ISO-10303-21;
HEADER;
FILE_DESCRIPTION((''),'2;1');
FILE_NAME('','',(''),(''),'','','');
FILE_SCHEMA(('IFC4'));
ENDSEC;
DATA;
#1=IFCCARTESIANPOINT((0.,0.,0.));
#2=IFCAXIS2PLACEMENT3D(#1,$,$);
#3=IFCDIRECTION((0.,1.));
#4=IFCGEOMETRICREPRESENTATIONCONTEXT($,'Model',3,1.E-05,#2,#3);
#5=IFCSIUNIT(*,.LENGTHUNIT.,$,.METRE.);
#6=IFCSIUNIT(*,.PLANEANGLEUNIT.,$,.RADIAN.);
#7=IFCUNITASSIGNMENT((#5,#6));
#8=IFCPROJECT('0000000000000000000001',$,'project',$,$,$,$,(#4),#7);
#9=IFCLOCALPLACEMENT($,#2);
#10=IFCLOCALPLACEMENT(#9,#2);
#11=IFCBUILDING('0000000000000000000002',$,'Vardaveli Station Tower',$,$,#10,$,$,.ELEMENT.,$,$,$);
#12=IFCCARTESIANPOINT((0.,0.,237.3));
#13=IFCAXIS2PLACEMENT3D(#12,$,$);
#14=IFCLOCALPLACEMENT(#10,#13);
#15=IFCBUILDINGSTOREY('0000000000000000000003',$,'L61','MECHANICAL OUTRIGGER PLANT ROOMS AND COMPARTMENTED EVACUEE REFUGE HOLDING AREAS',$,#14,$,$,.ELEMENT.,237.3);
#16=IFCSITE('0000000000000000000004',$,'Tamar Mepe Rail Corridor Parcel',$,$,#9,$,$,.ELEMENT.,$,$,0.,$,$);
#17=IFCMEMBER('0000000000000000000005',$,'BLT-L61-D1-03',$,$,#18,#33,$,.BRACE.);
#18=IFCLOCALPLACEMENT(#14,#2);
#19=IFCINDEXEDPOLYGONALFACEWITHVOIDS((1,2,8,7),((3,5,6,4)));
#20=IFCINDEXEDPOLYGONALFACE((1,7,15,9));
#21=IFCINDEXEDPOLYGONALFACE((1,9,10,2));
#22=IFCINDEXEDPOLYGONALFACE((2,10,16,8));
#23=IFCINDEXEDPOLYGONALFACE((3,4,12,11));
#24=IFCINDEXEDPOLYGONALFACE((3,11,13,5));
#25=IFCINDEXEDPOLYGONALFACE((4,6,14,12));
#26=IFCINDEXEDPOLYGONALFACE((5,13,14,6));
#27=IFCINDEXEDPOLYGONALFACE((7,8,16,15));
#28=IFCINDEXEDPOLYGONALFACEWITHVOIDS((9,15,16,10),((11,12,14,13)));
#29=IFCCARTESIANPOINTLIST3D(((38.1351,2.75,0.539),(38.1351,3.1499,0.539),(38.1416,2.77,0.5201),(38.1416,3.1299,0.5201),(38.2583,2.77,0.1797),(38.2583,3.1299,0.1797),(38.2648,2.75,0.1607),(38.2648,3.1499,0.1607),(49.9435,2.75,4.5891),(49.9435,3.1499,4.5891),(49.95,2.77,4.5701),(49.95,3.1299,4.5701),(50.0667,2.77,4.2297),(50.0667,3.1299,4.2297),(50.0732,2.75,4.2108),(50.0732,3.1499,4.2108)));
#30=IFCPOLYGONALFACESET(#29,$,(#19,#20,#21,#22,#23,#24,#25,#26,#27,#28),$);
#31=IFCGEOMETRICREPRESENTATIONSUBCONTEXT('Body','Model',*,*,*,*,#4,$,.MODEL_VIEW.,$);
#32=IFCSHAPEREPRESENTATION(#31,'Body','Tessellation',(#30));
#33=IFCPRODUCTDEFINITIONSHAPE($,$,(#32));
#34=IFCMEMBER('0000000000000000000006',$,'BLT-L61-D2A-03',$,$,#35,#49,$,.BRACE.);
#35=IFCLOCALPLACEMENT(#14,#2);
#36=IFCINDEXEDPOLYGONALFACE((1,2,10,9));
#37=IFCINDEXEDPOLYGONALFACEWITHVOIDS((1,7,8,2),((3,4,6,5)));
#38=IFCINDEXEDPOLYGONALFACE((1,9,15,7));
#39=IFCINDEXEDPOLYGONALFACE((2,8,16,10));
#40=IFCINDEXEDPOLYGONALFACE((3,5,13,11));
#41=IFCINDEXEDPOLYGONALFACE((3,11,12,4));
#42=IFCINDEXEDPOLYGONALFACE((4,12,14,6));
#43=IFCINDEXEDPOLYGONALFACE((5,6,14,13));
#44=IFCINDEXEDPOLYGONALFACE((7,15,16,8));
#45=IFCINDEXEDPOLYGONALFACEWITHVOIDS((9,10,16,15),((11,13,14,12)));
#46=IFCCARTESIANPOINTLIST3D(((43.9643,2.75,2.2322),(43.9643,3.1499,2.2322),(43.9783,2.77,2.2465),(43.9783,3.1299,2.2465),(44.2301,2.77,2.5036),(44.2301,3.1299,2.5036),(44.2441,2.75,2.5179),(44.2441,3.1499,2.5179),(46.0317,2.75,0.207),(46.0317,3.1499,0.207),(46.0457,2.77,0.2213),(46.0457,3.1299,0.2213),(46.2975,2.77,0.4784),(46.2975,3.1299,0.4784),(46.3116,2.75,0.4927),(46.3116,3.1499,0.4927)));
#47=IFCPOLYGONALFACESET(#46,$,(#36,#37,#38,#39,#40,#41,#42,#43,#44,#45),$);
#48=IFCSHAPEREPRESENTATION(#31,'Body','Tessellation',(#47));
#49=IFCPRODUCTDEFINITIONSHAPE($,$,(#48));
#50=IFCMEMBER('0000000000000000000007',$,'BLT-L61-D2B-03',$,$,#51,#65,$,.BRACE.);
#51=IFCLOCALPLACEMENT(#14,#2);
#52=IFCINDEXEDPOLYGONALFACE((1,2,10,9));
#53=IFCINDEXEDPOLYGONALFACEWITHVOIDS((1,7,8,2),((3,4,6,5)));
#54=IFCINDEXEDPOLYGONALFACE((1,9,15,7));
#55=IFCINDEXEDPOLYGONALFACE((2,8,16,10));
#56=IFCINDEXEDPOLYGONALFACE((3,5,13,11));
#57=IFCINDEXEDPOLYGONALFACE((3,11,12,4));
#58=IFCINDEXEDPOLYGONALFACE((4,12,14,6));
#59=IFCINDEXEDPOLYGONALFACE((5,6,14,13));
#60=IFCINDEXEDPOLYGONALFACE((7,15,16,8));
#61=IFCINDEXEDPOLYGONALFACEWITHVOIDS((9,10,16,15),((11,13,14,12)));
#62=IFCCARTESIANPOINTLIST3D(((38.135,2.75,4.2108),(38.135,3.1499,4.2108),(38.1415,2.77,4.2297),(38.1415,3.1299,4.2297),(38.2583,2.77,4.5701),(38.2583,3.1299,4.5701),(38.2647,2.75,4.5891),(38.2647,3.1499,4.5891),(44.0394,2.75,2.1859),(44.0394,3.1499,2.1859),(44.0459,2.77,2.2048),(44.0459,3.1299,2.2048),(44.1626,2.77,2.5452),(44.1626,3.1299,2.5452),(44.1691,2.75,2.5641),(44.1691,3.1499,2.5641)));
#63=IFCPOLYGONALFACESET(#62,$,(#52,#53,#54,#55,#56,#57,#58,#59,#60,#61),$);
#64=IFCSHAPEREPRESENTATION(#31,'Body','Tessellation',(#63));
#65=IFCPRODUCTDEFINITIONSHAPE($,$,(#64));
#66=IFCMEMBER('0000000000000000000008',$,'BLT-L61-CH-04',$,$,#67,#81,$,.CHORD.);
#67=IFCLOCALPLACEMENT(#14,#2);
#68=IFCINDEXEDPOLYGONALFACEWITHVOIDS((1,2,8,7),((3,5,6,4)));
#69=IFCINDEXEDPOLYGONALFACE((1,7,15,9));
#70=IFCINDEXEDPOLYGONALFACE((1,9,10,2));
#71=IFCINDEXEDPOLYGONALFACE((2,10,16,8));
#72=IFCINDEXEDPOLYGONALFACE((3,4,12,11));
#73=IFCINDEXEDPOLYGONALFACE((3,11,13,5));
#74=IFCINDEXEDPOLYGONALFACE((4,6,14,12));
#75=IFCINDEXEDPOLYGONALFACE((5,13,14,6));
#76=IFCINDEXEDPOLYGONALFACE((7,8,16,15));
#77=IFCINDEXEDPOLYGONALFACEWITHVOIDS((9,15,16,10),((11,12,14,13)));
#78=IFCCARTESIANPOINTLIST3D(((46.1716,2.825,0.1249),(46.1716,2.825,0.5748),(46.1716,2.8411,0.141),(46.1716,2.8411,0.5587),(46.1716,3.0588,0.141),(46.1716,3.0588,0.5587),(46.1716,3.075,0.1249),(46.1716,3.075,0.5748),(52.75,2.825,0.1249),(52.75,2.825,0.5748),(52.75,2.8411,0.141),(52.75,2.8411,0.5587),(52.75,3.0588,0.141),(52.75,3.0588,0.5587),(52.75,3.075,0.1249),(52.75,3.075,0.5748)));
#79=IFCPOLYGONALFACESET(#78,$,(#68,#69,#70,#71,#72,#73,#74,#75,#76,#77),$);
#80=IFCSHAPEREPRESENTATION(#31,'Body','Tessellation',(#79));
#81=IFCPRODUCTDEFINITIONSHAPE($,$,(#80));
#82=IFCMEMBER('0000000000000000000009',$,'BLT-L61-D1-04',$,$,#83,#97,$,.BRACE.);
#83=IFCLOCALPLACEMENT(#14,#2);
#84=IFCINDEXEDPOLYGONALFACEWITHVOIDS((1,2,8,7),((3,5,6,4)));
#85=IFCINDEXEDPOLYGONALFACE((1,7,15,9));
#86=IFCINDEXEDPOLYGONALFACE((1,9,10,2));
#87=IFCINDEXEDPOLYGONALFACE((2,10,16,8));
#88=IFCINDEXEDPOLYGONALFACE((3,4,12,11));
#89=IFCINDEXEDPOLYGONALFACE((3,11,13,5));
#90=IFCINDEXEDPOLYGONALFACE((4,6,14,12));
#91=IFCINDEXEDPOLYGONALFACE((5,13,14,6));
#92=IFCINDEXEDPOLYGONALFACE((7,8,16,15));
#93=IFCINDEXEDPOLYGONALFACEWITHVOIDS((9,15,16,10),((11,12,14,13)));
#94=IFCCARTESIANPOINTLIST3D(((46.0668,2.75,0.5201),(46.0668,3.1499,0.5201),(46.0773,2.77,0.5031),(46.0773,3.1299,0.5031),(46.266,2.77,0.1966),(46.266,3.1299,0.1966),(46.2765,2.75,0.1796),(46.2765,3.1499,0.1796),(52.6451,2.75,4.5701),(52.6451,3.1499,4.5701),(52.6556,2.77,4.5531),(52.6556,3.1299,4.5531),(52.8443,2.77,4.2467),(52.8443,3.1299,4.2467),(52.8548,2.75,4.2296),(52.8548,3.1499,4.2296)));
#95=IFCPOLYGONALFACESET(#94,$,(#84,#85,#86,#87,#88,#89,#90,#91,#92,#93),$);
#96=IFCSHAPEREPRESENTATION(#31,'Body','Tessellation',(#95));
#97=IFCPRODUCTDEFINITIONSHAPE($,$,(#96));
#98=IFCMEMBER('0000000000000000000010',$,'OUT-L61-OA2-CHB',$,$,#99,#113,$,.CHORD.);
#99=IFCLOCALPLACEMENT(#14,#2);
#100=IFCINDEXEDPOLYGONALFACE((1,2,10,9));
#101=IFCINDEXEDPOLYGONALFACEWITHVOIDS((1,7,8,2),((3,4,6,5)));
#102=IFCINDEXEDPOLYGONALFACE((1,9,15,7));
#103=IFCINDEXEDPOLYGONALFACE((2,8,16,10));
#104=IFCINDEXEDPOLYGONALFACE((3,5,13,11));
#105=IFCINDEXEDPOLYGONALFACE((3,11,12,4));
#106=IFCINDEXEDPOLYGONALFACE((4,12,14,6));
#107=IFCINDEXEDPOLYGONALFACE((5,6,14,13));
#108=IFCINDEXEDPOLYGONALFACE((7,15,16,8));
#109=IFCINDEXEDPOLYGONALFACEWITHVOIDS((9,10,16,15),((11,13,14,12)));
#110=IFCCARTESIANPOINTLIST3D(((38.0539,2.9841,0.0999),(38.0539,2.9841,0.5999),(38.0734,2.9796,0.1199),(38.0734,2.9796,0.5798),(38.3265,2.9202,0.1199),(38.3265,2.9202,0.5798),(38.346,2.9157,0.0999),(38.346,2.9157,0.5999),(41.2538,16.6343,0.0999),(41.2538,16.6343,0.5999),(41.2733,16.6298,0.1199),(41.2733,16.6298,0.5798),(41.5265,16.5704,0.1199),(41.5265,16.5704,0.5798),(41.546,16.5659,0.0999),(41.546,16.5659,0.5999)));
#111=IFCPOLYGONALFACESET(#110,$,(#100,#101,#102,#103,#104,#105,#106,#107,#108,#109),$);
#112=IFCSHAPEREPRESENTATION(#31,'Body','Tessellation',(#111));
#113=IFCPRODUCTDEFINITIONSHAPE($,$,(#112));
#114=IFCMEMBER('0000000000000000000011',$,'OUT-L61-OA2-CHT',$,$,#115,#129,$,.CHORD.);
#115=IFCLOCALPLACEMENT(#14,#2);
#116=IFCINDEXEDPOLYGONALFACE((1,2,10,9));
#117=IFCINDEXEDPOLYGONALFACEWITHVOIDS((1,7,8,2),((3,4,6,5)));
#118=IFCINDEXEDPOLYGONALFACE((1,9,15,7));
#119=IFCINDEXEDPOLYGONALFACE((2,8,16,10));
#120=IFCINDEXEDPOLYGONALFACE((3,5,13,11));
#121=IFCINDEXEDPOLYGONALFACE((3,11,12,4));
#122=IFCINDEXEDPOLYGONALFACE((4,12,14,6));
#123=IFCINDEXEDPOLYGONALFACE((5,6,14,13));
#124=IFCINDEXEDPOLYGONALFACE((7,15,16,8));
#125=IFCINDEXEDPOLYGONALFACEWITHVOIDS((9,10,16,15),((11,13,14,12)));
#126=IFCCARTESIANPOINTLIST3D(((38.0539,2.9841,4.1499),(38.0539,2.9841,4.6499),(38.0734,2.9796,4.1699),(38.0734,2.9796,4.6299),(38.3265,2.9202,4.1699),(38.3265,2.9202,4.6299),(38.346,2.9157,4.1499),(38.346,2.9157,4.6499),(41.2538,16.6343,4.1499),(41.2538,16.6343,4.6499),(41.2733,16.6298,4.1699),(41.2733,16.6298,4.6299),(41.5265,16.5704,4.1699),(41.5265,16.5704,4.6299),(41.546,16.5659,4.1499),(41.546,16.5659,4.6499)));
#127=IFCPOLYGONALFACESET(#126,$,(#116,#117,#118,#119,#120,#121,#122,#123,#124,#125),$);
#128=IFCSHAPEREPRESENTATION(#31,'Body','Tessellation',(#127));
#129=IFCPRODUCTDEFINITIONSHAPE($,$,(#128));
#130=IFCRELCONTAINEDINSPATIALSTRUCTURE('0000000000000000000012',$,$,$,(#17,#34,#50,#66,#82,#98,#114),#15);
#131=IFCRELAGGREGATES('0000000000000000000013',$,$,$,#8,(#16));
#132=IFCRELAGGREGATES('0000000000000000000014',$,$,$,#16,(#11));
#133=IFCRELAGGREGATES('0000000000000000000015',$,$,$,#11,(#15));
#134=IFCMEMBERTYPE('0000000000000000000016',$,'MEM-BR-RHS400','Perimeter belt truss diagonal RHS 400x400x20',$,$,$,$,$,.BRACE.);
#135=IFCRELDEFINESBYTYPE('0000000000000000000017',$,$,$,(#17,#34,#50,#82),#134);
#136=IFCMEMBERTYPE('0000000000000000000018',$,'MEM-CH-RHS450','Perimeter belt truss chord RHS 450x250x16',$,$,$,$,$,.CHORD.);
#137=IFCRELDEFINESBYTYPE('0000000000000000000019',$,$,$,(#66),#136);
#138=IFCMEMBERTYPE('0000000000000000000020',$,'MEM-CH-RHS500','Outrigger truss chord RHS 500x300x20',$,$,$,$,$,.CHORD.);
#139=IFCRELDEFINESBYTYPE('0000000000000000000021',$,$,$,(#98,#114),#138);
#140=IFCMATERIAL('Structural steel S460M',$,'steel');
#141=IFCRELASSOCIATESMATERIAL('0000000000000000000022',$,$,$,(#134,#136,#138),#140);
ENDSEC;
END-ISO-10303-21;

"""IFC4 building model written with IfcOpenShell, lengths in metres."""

from ifc_helpers import new_model, si_unit, direction, frame, origin, origin_2d, place, context, subcontext, project, spatial, hollow_rectangle, extrude, source, transform, mapped, material, material_profile, profile_set, type_object, element, save


model = new_model("IFC4")

# Units and contexts
model_context = context("Model", 3, precision=1e-05, world=origin(), true_north=direction((0.0, 1.0)))
body_context = subcontext(model_context, "Body", "Model", "MODEL_VIEW")
ifc_project = project(units=[si_unit("LENGTHUNIT", "METRE"), si_unit("PLANEANGLEUNIT", "RADIAN")], contexts=[model_context])

# Site, building, storey
site_placement = place(None, origin())
site = spatial("IfcSite", under=ifc_project, at=site_placement, Name="Tamar Mepe Rail Corridor Parcel", CompositionType="ELEMENT", RefElevation=0.0)
building_placement = place(site_placement, origin())
building = spatial("IfcBuilding", under=site, at=building_placement, Name="Vardaveli Station Tower", CompositionType="ELEMENT")
storey_placement = place(building_placement, frame((0.0, 0.0, 237.3)))
storey = spatial("IfcBuildingStorey", under=building, at=storey_placement, Name="L61", Description="MECHANICAL OUTRIGGER PLANT ROOMS AND COMPARTMENTED EVACUEE REFUGE HOLDING AREAS", CompositionType="ELEMENT", Elevation=237.3)

# Shared definitions
ifc_material_1 = material(Name="Structural steel S460M", Category="steel")

# Members
ifc_material_profile_1 = material_profile(ifc_material_1, hollow_rectangle(XDim=0.3999, YDim=0.3999, WallThickness=0.02, at=origin_2d()), Name="RHS 400x400x20")
ifc_profile_set_1 = profile_set([ifc_material_profile_1], Name="Structural steel S460M")
member_type_1 = type_object("IfcMemberType", Name="MEM-BR-RHS400", Description="Perimeter belt truss diagonal RHS 400x400x20", PredefinedType="BRACE", material=ifc_profile_set_1)
shared_shape_1 = source(origin(), body_context, "Body", "SweptSolid", [
    extrude(hollow_rectangle(XDim=0.3999, YDim=0.3999, WallThickness=0.02, at=origin_2d()), origin(), (0.0, 0.0, 1.0), 12.4836),
])
member_1_placement = place(storey_placement, frame((38.2, 2.95, 0.3499), z_axis=(0.94591, 0.0, 0.32443), x_axis=(0.0, 1.0, 0.0)))
element("IfcMember", 1, at=member_1_placement, inside=storey, type_object=member_type_1, Name="BLT-L61-D1-03", PredefinedType="BRACE", context=body_context, shape_type="MappedRepresentation", body=[
    mapped(shared_shape_1, transform((0.0, 0.0, 0.0), scale=1.0)),
])
shared_shape_2 = source(origin(), body_context, "Body", "SweptSolid", [
    extrude(hollow_rectangle(XDim=0.3999, YDim=0.3999, WallThickness=0.02, at=origin_2d()), origin(), (0.0, 0.0, 1.0), 2.894),
])
member_2_placement = place(storey_placement, frame((46.1716, 2.95, 0.3499), z_axis=(-0.714366, 0.0, 0.699772), x_axis=(0.0, -1.0, 0.0)))
element("IfcMember", 2, at=member_2_placement, inside=storey, type_object=member_type_1, Name="BLT-L61-D2A-03", PredefinedType="BRACE", context=body_context, shape_type="MappedRepresentation", body=[
    mapped(shared_shape_2, transform((0.0, 0.0, 0.0), scale=1.0)),
])
shared_shape_3 = source(origin(), body_context, "Body", "SweptSolid", [
    extrude(hollow_rectangle(XDim=0.3999, YDim=0.3999, WallThickness=0.02, at=origin_2d()), origin(), (0.0, 0.0, 1.0), 6.2419),
])
member_3_placement = place(storey_placement, frame((44.1042, 2.95, 2.375), z_axis=(-0.945918, 0.0, 0.324406), x_axis=(0.0, -1.0, 0.0)))
element("IfcMember", 3, at=member_3_placement, inside=storey, type_object=member_type_1, Name="BLT-L61-D2B-03", PredefinedType="BRACE", context=body_context, shape_type="MappedRepresentation", body=[
    mapped(shared_shape_3, transform((0.0, 0.0, 0.0), scale=1.0)),
])
ifc_material_profile_2 = material_profile(ifc_material_1, hollow_rectangle(XDim=0.25, YDim=0.45, WallThickness=0.0161, at=origin_2d()), Name="RHS 450x250x16")
ifc_profile_set_2 = profile_set([ifc_material_profile_2], Name="Structural steel S460M")
member_type_2 = type_object("IfcMemberType", Name="MEM-CH-RHS450", Description="Perimeter belt truss chord RHS 450x250x16", PredefinedType="CHORD", material=ifc_profile_set_2)
shared_shape_4 = source(origin(), body_context, "Body", "SweptSolid", [
    extrude(hollow_rectangle(XDim=0.25, YDim=0.45, WallThickness=0.0161, at=origin_2d()), origin(), (0.0, 0.0, 1.0), 6.5784),
])
member_4_placement = place(storey_placement, frame((46.1716, 2.95, 0.3499), z_axis=(1.0, 0.0, 0.0), x_axis=(0.0, 1.0, 0.0)))
element("IfcMember", 4, at=member_4_placement, inside=storey, type_object=member_type_2, Name="BLT-L61-CH-04", PredefinedType="CHORD", context=body_context, shape_type="MappedRepresentation", body=[
    mapped(shared_shape_4, transform((0.0, 0.0, 0.0), scale=1.0)),
])
shared_shape_5 = source(origin(), body_context, "Body", "SweptSolid", [
    extrude(hollow_rectangle(XDim=0.3999, YDim=0.3999, WallThickness=0.02, at=origin_2d()), origin(), (0.0, 0.0, 1.0), 7.7251),
])
member_5_placement = place(storey_placement, frame((46.1716, 2.95, 0.3499), z_axis=(0.851553, 0.0, 0.524268), x_axis=(0.0, 1.0, 0.0)))
element("IfcMember", 5, at=member_5_placement, inside=storey, type_object=member_type_1, Name="BLT-L61-D1-04", PredefinedType="BRACE", context=body_context, shape_type="MappedRepresentation", body=[
    mapped(shared_shape_5, transform((0.0, 0.0, 0.0), scale=1.0)),
])
ifc_material_profile_3 = material_profile(ifc_material_1, hollow_rectangle(XDim=0.3, YDim=0.5, WallThickness=0.02, at=origin_2d()), Name="RHS 500x300x20")
ifc_profile_set_3 = profile_set([ifc_material_profile_3], Name="Structural steel S460M")
member_type_3 = type_object("IfcMemberType", Name="MEM-CH-RHS500", Description="Outrigger truss chord RHS 500x300x20", PredefinedType="CHORD", material=ifc_profile_set_3)
shared_shape_6 = source(origin(), body_context, "Body", "SweptSolid", [
    extrude(hollow_rectangle(XDim=0.3, YDim=0.5, WallThickness=0.02, at=origin_2d()), origin(), (0.0, 0.0, 1.0), 14.0203),
])
for number, where, z_axis, x_axis, name in (
    (6, (41.3999, 16.6001, 0.3499), (-0.228239, -0.973605, 0.0), (0.973605, -0.228239, 0.0), "OUT-L61-OA2-CHB"),
    (7, (41.3999, 16.6001, 4.3999), (-0.228239, -0.973605, 0.0), (0.973605, -0.228239, 0.0), "OUT-L61-OA2-CHT"),
):
    element("IfcMember", number, at=place(storey_placement, frame(where, z_axis=z_axis, x_axis=x_axis)), inside=storey, type_object=member_type_3, Name=name, PredefinedType="CHORD", context=body_context, shape_type="MappedRepresentation", body=[
        mapped(shared_shape_6, transform((0.0, 0.0, 0.0), scale=1.0)),
    ])

save(model, "model.ifc")
